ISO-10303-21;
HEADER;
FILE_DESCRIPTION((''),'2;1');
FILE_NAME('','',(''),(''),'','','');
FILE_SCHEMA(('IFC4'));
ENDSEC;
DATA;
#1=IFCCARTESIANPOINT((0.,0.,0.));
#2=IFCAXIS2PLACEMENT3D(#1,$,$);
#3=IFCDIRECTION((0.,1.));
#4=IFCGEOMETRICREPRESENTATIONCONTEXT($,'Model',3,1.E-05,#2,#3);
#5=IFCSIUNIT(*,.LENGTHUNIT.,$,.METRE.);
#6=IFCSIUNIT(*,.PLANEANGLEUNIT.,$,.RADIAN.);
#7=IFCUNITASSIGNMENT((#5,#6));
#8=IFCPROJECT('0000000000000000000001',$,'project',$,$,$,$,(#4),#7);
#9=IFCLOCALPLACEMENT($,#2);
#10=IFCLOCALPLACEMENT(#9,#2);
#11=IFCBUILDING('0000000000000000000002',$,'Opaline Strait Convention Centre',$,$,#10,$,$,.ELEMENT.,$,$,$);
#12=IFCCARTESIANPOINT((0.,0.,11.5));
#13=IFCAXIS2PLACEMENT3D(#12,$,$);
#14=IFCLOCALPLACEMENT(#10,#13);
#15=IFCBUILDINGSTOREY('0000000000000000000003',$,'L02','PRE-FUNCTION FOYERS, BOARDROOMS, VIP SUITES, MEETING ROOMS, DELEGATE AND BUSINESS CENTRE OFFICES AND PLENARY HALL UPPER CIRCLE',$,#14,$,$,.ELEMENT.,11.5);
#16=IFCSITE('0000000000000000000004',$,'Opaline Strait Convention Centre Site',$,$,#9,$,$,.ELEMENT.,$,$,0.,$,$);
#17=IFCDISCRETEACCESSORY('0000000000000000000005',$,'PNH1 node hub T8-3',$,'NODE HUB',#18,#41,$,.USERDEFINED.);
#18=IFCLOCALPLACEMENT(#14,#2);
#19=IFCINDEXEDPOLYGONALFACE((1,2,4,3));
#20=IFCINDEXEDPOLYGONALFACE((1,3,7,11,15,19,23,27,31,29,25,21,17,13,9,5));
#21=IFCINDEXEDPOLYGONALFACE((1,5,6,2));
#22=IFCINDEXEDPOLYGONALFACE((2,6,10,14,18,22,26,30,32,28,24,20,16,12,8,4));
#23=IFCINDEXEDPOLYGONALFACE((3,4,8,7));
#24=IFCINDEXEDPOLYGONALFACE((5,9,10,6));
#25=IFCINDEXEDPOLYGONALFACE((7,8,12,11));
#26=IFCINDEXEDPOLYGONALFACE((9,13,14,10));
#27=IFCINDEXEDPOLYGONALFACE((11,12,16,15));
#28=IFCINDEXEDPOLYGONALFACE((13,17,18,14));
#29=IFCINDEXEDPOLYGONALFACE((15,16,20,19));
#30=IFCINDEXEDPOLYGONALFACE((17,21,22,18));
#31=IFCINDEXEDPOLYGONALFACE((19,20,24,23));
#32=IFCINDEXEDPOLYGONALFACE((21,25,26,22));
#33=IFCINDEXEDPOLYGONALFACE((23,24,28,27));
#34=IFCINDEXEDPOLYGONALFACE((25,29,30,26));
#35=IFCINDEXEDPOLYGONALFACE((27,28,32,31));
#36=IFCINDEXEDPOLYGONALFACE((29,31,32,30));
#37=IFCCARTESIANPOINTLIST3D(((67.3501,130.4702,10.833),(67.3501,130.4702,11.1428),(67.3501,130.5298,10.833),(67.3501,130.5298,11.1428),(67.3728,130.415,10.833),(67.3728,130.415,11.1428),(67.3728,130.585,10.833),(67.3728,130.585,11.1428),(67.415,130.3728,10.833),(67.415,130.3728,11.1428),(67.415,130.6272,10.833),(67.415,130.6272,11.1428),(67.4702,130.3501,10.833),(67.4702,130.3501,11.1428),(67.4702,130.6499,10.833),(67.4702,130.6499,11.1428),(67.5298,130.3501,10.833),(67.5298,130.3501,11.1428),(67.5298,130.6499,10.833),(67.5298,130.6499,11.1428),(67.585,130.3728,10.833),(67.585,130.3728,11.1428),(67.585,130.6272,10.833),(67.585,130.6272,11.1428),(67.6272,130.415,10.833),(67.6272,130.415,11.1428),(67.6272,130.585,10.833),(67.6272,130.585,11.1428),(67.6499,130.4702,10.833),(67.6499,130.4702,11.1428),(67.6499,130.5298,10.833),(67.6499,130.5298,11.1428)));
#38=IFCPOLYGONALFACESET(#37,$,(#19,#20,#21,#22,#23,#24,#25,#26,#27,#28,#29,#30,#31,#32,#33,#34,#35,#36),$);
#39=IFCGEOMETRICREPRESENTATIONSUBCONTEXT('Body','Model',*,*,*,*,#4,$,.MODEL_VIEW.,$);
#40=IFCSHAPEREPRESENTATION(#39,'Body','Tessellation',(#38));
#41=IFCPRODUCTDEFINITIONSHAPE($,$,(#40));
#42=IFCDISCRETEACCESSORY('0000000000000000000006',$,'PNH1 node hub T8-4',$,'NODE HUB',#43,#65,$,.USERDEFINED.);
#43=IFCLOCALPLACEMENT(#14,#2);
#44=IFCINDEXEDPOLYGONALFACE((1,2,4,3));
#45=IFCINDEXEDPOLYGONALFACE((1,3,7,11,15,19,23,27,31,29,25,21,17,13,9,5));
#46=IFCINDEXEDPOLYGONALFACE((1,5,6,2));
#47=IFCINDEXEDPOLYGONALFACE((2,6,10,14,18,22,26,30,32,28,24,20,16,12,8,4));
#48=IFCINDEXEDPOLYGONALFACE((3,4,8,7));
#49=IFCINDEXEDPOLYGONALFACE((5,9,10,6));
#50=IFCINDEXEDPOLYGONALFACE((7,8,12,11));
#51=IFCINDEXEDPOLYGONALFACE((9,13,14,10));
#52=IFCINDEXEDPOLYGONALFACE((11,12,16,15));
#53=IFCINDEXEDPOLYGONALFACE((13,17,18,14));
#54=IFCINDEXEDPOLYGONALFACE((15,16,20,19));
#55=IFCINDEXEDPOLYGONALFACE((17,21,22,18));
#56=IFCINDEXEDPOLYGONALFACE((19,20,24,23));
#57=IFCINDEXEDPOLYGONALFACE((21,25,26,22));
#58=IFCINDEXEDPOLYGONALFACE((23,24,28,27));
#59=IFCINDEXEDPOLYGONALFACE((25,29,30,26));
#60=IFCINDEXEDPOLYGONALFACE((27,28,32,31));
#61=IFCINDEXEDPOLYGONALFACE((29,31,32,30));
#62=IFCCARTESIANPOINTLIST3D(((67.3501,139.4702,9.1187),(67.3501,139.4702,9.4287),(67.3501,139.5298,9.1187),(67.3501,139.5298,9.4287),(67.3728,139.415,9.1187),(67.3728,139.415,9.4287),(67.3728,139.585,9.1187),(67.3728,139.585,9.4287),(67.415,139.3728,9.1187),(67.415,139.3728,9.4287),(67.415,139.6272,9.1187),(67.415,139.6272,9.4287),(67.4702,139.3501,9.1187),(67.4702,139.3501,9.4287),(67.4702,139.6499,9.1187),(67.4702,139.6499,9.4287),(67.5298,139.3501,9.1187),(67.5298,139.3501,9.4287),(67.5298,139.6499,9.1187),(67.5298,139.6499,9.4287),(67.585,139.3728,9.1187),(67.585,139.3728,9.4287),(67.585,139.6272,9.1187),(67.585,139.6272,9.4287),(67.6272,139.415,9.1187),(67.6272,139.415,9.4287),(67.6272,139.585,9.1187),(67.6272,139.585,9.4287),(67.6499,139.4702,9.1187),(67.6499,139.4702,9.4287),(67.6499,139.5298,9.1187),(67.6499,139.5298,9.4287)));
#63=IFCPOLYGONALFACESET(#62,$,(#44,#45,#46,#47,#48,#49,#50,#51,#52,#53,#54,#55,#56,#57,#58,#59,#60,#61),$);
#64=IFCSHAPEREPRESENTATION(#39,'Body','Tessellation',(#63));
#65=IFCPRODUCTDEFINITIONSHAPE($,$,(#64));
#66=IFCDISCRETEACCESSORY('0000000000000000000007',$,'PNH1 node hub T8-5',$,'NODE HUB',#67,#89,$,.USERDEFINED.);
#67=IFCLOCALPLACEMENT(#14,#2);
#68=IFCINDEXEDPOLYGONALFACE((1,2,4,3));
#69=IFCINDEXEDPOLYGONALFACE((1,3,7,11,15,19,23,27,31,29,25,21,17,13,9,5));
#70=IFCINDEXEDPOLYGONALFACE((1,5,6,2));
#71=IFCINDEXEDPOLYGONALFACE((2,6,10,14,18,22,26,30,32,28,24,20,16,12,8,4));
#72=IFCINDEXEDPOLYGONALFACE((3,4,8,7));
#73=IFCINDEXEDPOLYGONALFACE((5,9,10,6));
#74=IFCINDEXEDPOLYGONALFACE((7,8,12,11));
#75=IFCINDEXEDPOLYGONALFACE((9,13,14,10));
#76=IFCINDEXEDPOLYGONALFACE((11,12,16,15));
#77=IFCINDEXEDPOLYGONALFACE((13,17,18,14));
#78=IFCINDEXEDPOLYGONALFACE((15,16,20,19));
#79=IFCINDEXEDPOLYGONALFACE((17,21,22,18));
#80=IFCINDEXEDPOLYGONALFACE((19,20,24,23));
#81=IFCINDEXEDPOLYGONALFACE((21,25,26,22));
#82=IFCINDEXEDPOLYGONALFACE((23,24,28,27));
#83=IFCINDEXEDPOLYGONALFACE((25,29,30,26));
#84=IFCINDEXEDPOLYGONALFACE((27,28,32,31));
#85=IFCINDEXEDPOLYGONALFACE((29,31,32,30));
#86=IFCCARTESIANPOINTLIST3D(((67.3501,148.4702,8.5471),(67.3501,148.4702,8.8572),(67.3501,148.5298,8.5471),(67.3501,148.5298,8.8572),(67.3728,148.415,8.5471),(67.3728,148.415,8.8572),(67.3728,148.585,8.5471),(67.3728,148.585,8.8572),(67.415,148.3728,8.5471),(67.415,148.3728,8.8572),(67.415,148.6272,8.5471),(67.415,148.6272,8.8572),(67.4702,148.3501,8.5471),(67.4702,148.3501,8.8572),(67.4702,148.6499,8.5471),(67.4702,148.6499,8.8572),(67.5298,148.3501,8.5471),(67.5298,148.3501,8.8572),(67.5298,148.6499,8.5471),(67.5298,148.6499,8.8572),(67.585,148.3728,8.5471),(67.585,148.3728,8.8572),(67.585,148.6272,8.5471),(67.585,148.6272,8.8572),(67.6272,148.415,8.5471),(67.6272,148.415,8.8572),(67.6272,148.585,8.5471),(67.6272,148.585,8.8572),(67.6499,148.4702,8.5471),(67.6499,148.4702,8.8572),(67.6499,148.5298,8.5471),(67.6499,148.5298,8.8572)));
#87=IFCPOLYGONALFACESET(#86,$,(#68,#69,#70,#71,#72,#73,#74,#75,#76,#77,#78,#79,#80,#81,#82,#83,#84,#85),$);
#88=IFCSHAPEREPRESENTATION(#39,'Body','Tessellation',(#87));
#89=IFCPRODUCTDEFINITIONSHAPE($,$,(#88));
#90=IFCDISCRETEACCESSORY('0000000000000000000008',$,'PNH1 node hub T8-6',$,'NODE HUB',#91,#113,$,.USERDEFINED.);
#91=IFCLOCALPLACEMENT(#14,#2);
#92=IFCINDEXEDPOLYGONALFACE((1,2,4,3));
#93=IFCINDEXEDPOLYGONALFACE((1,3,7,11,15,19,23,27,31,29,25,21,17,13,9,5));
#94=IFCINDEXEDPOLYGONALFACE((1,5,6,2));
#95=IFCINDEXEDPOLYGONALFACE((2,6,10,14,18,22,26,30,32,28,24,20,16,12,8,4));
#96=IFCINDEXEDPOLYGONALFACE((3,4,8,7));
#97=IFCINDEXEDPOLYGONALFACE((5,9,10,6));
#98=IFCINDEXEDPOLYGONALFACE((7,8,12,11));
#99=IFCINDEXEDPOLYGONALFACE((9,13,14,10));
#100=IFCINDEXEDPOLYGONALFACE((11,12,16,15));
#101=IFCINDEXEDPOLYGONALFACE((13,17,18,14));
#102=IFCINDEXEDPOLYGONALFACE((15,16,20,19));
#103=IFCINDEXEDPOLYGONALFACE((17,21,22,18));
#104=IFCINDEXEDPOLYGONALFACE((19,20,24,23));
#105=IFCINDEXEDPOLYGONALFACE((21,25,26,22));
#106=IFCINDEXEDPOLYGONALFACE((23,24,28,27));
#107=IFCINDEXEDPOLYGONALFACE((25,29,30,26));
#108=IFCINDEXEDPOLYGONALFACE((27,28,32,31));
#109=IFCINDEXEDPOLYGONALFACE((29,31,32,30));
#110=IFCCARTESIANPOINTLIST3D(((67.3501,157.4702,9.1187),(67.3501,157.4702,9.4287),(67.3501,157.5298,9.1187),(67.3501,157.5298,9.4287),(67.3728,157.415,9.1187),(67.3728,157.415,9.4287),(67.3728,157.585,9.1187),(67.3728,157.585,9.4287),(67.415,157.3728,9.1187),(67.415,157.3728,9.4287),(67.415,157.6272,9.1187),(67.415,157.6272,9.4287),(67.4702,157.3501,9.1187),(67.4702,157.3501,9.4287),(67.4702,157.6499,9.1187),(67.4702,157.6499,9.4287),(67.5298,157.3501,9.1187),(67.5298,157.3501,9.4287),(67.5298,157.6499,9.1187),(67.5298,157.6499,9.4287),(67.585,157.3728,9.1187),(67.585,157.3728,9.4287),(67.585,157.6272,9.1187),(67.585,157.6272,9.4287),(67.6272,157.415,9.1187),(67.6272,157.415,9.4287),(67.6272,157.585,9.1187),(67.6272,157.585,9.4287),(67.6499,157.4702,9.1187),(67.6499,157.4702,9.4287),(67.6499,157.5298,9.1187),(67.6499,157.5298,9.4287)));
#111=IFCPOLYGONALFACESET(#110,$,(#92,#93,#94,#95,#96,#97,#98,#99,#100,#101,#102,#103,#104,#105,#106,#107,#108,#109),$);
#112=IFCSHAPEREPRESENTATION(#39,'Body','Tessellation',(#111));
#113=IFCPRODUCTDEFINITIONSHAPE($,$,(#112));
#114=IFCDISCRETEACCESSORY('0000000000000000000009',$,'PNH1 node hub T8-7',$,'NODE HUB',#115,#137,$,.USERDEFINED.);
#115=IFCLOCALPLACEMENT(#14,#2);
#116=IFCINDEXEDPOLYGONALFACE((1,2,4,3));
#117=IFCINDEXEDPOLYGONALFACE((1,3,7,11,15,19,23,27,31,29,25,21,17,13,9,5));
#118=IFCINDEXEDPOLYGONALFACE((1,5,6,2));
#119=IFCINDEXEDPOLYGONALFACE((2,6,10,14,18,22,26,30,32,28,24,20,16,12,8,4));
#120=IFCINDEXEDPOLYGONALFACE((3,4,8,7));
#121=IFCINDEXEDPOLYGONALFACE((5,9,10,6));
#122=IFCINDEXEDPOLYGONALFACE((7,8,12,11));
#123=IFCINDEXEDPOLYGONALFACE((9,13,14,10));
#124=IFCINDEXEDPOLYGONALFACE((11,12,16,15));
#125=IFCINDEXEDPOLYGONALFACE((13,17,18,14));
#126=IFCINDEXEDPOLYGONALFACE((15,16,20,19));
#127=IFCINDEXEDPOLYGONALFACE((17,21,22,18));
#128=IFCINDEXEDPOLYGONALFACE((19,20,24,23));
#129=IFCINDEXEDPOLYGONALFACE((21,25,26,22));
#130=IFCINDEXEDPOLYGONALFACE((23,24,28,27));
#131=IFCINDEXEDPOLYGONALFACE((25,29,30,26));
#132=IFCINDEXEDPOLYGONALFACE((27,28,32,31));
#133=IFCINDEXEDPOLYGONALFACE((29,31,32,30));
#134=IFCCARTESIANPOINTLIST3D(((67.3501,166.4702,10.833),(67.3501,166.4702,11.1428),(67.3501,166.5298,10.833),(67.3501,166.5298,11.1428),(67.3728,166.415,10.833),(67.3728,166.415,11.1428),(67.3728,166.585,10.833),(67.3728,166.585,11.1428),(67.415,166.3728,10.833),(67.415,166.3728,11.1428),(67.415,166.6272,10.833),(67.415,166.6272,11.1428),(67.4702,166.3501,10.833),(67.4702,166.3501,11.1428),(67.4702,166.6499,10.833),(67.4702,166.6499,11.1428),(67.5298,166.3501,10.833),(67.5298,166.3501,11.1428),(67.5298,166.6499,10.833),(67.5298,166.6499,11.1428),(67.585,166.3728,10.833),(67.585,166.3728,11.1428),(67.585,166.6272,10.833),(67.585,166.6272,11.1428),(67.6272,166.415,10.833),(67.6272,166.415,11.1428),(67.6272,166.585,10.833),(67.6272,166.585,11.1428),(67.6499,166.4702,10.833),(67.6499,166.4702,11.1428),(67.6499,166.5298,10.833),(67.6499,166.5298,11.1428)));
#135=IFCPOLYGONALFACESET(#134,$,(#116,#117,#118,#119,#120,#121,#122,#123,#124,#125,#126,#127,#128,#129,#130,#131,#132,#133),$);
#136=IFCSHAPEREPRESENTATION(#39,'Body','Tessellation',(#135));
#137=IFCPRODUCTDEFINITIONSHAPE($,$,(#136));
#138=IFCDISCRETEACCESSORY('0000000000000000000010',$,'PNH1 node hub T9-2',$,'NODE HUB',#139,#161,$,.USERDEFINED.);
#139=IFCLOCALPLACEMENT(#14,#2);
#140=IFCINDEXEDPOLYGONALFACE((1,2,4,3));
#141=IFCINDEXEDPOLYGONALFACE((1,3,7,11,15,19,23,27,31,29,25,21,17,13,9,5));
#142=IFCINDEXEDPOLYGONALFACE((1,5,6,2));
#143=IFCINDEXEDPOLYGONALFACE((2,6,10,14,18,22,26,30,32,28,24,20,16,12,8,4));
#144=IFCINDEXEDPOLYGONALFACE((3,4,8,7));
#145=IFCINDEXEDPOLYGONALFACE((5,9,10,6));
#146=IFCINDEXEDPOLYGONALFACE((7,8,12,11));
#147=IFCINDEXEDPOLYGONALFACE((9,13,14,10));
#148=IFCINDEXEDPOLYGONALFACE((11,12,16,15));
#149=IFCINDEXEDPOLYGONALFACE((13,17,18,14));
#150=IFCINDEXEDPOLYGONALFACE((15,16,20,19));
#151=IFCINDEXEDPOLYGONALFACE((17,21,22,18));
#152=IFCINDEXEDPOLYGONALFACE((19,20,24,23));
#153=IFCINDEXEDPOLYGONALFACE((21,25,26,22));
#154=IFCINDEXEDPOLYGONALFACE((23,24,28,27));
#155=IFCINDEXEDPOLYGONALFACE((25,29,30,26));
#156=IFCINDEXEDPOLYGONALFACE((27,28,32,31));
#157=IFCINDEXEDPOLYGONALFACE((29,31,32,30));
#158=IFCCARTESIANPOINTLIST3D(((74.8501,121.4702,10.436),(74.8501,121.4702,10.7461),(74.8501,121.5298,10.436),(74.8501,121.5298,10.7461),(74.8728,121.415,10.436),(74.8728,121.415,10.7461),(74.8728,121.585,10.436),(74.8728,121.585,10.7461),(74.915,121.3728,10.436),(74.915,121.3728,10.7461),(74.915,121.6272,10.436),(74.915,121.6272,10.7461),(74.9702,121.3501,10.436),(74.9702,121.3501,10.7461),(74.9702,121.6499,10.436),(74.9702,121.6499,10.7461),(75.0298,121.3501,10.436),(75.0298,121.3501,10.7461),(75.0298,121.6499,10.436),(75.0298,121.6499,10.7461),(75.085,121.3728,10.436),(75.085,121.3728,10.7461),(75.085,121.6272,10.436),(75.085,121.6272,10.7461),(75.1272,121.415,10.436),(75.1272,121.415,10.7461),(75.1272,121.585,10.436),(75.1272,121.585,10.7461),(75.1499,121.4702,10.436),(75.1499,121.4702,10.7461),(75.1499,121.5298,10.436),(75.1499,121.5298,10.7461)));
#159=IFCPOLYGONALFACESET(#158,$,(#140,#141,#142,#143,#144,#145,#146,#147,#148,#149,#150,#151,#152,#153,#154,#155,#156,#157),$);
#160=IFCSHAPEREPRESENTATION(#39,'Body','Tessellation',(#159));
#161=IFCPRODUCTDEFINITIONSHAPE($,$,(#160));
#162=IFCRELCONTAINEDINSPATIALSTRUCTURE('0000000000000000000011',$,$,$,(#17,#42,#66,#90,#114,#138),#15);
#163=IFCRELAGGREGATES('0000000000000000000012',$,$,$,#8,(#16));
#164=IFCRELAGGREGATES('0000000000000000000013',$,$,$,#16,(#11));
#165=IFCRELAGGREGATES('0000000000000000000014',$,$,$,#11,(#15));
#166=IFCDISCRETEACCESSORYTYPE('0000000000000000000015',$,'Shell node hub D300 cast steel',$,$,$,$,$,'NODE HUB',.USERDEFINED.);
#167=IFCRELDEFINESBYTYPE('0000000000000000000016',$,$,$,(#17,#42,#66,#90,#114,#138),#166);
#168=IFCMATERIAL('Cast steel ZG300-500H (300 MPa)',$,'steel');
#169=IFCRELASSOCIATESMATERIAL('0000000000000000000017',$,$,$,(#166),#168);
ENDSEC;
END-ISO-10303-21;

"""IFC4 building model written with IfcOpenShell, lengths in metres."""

from ifc_helpers import new_model, si_unit, direction, frame, origin, place, context, subcontext, project, spatial, polyline, outline, extrude, material, type_object, element, save


model = new_model("IFC4")

# Units and contexts
model_context = context("Model", 3, precision=1e-05, world=origin(), true_north=direction((0.0, 1.0)))
body_context = subcontext(model_context, "Body", "Model", "MODEL_VIEW")
ifc_project = project(units=[si_unit("LENGTHUNIT", "METRE"), si_unit("PLANEANGLEUNIT", "RADIAN")], contexts=[model_context])

# Site, building, storey
site_placement = place(None, origin())
site = spatial("IfcSite", under=ifc_project, at=site_placement, Name="Opaline Strait Convention Centre Site", CompositionType="ELEMENT", RefElevation=0.0)
building_placement = place(site_placement, origin())
building = spatial("IfcBuilding", under=site, at=building_placement, Name="Opaline Strait Convention Centre", CompositionType="ELEMENT")
storey_placement = place(building_placement, frame((0.0, 0.0, 11.5)))
storey = spatial("IfcBuildingStorey", under=building, at=storey_placement, Name="L02", Description="PRE-FUNCTION FOYERS, BOARDROOMS, VIP SUITES, MEETING ROOMS, DELEGATE AND BUSINESS CENTRE OFFICES AND PLENARY HALL UPPER CIRCLE", CompositionType="ELEMENT", Elevation=11.5)

# Discrete accessories
ifc_material_1 = material(Name="Cast steel ZG300-500H (300 MPa)", Category="steel")
discrete_accessory_type = type_object("IfcDiscreteAccessoryType", Name="Shell node hub D300 cast steel", ElementType="NODE HUB", PredefinedType="USERDEFINED", material=ifc_material_1)
discrete_accessory_1_placement = place(storey_placement, frame((0.0, 0.0, 10.833)))
element("IfcDiscreteAccessory", 1, at=discrete_accessory_1_placement, inside=storey, type_object=discrete_accessory_type, Name="PNH1 node hub T8-3", ObjectType="NODE HUB", PredefinedType="USERDEFINED", context=body_context, shape_type="SweptSolid", body=[
    extrude(outline(polyline([(67.6499, 130.5298), (67.6272, 130.585), (67.585, 130.6272), (67.5298, 130.6499), (67.4702, 130.6499), (67.415, 130.6272), (67.3728, 130.585), (67.3501, 130.5298), (67.3501, 130.4702), (67.3728, 130.415), (67.415, 130.3728), (67.4702, 130.3501), (67.5298, 130.3501), (67.585, 130.3728), (67.6272, 130.415), (67.6499, 130.4702), (67.6499, 130.5298)])), origin(), (0.0, 0.0, 1.0), 0.3098),
])
discrete_accessory_2_placement = place(storey_placement, frame((0.0, 0.0, 9.1187)))
element("IfcDiscreteAccessory", 2, at=discrete_accessory_2_placement, inside=storey, type_object=discrete_accessory_type, Name="PNH1 node hub T8-4", ObjectType="NODE HUB", PredefinedType="USERDEFINED", context=body_context, shape_type="SweptSolid", body=[
    extrude(outline(polyline([(67.6499, 139.5298), (67.6272, 139.585), (67.585, 139.6272), (67.5298, 139.6499), (67.4702, 139.6499), (67.415, 139.6272), (67.3728, 139.585), (67.3501, 139.5298), (67.3501, 139.4702), (67.3728, 139.415), (67.415, 139.3728), (67.4702, 139.3501), (67.5298, 139.3501), (67.585, 139.3728), (67.6272, 139.415), (67.6499, 139.4702), (67.6499, 139.5298)])), origin(), (0.0, 0.0, 1.0), 0.3101),
])
discrete_accessory_3_placement = place(storey_placement, frame((0.0, 0.0, 8.5471)))
element("IfcDiscreteAccessory", 3, at=discrete_accessory_3_placement, inside=storey, type_object=discrete_accessory_type, Name="PNH1 node hub T8-5", ObjectType="NODE HUB", PredefinedType="USERDEFINED", context=body_context, shape_type="SweptSolid", body=[
    extrude(outline(polyline([(67.6499, 148.5298), (67.6272, 148.585), (67.585, 148.6272), (67.5298, 148.6499), (67.4702, 148.6499), (67.415, 148.6272), (67.3728, 148.585), (67.3501, 148.5298), (67.3501, 148.4702), (67.3728, 148.415), (67.415, 148.3728), (67.4702, 148.3501), (67.5298, 148.3501), (67.585, 148.3728), (67.6272, 148.415), (67.6499, 148.4702), (67.6499, 148.5298)])), origin(), (0.0, 0.0, 1.0), 0.3101),
])
discrete_accessory_4_placement = place(storey_placement, frame((0.0, 0.0, 9.1187)))
element("IfcDiscreteAccessory", 4, at=discrete_accessory_4_placement, inside=storey, type_object=discrete_accessory_type, Name="PNH1 node hub T8-6", ObjectType="NODE HUB", PredefinedType="USERDEFINED", context=body_context, shape_type="SweptSolid", body=[
    extrude(outline(polyline([(67.6499, 157.5298), (67.6272, 157.585), (67.585, 157.6272), (67.5298, 157.6499), (67.4702, 157.6499), (67.415, 157.6272), (67.3728, 157.585), (67.3501, 157.5298), (67.3501, 157.4702), (67.3728, 157.415), (67.415, 157.3728), (67.4702, 157.3501), (67.5298, 157.3501), (67.585, 157.3728), (67.6272, 157.415), (67.6499, 157.4702), (67.6499, 157.5298)])), origin(), (0.0, 0.0, 1.0), 0.3101),
])
discrete_accessory_5_placement = place(storey_placement, frame((0.0, 0.0, 10.833)))
element("IfcDiscreteAccessory", 5, at=discrete_accessory_5_placement, inside=storey, type_object=discrete_accessory_type, Name="PNH1 node hub T8-7", ObjectType="NODE HUB", PredefinedType="USERDEFINED", context=body_context, shape_type="SweptSolid", body=[
    extrude(outline(polyline([(67.6499, 166.5298), (67.6272, 166.585), (67.585, 166.6272), (67.5298, 166.6499), (67.4702, 166.6499), (67.415, 166.6272), (67.3728, 166.585), (67.3501, 166.5298), (67.3501, 166.4702), (67.3728, 166.415), (67.415, 166.3728), (67.4702, 166.3501), (67.5298, 166.3501), (67.585, 166.3728), (67.6272, 166.415), (67.6499, 166.4702), (67.6499, 166.5298)])), origin(), (0.0, 0.0, 1.0), 0.3098),
])
discrete_accessory_6_placement = place(storey_placement, frame((0.0, 0.0, 10.436)))
element("IfcDiscreteAccessory", 6, at=discrete_accessory_6_placement, inside=storey, type_object=discrete_accessory_type, Name="PNH1 node hub T9-2", ObjectType="NODE HUB", PredefinedType="USERDEFINED", context=body_context, shape_type="SweptSolid", body=[
    extrude(outline(polyline([(75.1499, 121.5298), (75.1272, 121.585), (75.085, 121.6272), (75.0298, 121.6499), (74.9702, 121.6499), (74.915, 121.6272), (74.8728, 121.585), (74.8501, 121.5298), (74.8501, 121.4702), (74.8728, 121.415), (74.915, 121.3728), (74.9702, 121.3501), (75.0298, 121.3501), (75.085, 121.3728), (75.1272, 121.415), (75.1499, 121.4702), (75.1499, 121.5298)])), origin(), (0.0, 0.0, 1.0), 0.3101),
])

save(model, "model.ifc")
